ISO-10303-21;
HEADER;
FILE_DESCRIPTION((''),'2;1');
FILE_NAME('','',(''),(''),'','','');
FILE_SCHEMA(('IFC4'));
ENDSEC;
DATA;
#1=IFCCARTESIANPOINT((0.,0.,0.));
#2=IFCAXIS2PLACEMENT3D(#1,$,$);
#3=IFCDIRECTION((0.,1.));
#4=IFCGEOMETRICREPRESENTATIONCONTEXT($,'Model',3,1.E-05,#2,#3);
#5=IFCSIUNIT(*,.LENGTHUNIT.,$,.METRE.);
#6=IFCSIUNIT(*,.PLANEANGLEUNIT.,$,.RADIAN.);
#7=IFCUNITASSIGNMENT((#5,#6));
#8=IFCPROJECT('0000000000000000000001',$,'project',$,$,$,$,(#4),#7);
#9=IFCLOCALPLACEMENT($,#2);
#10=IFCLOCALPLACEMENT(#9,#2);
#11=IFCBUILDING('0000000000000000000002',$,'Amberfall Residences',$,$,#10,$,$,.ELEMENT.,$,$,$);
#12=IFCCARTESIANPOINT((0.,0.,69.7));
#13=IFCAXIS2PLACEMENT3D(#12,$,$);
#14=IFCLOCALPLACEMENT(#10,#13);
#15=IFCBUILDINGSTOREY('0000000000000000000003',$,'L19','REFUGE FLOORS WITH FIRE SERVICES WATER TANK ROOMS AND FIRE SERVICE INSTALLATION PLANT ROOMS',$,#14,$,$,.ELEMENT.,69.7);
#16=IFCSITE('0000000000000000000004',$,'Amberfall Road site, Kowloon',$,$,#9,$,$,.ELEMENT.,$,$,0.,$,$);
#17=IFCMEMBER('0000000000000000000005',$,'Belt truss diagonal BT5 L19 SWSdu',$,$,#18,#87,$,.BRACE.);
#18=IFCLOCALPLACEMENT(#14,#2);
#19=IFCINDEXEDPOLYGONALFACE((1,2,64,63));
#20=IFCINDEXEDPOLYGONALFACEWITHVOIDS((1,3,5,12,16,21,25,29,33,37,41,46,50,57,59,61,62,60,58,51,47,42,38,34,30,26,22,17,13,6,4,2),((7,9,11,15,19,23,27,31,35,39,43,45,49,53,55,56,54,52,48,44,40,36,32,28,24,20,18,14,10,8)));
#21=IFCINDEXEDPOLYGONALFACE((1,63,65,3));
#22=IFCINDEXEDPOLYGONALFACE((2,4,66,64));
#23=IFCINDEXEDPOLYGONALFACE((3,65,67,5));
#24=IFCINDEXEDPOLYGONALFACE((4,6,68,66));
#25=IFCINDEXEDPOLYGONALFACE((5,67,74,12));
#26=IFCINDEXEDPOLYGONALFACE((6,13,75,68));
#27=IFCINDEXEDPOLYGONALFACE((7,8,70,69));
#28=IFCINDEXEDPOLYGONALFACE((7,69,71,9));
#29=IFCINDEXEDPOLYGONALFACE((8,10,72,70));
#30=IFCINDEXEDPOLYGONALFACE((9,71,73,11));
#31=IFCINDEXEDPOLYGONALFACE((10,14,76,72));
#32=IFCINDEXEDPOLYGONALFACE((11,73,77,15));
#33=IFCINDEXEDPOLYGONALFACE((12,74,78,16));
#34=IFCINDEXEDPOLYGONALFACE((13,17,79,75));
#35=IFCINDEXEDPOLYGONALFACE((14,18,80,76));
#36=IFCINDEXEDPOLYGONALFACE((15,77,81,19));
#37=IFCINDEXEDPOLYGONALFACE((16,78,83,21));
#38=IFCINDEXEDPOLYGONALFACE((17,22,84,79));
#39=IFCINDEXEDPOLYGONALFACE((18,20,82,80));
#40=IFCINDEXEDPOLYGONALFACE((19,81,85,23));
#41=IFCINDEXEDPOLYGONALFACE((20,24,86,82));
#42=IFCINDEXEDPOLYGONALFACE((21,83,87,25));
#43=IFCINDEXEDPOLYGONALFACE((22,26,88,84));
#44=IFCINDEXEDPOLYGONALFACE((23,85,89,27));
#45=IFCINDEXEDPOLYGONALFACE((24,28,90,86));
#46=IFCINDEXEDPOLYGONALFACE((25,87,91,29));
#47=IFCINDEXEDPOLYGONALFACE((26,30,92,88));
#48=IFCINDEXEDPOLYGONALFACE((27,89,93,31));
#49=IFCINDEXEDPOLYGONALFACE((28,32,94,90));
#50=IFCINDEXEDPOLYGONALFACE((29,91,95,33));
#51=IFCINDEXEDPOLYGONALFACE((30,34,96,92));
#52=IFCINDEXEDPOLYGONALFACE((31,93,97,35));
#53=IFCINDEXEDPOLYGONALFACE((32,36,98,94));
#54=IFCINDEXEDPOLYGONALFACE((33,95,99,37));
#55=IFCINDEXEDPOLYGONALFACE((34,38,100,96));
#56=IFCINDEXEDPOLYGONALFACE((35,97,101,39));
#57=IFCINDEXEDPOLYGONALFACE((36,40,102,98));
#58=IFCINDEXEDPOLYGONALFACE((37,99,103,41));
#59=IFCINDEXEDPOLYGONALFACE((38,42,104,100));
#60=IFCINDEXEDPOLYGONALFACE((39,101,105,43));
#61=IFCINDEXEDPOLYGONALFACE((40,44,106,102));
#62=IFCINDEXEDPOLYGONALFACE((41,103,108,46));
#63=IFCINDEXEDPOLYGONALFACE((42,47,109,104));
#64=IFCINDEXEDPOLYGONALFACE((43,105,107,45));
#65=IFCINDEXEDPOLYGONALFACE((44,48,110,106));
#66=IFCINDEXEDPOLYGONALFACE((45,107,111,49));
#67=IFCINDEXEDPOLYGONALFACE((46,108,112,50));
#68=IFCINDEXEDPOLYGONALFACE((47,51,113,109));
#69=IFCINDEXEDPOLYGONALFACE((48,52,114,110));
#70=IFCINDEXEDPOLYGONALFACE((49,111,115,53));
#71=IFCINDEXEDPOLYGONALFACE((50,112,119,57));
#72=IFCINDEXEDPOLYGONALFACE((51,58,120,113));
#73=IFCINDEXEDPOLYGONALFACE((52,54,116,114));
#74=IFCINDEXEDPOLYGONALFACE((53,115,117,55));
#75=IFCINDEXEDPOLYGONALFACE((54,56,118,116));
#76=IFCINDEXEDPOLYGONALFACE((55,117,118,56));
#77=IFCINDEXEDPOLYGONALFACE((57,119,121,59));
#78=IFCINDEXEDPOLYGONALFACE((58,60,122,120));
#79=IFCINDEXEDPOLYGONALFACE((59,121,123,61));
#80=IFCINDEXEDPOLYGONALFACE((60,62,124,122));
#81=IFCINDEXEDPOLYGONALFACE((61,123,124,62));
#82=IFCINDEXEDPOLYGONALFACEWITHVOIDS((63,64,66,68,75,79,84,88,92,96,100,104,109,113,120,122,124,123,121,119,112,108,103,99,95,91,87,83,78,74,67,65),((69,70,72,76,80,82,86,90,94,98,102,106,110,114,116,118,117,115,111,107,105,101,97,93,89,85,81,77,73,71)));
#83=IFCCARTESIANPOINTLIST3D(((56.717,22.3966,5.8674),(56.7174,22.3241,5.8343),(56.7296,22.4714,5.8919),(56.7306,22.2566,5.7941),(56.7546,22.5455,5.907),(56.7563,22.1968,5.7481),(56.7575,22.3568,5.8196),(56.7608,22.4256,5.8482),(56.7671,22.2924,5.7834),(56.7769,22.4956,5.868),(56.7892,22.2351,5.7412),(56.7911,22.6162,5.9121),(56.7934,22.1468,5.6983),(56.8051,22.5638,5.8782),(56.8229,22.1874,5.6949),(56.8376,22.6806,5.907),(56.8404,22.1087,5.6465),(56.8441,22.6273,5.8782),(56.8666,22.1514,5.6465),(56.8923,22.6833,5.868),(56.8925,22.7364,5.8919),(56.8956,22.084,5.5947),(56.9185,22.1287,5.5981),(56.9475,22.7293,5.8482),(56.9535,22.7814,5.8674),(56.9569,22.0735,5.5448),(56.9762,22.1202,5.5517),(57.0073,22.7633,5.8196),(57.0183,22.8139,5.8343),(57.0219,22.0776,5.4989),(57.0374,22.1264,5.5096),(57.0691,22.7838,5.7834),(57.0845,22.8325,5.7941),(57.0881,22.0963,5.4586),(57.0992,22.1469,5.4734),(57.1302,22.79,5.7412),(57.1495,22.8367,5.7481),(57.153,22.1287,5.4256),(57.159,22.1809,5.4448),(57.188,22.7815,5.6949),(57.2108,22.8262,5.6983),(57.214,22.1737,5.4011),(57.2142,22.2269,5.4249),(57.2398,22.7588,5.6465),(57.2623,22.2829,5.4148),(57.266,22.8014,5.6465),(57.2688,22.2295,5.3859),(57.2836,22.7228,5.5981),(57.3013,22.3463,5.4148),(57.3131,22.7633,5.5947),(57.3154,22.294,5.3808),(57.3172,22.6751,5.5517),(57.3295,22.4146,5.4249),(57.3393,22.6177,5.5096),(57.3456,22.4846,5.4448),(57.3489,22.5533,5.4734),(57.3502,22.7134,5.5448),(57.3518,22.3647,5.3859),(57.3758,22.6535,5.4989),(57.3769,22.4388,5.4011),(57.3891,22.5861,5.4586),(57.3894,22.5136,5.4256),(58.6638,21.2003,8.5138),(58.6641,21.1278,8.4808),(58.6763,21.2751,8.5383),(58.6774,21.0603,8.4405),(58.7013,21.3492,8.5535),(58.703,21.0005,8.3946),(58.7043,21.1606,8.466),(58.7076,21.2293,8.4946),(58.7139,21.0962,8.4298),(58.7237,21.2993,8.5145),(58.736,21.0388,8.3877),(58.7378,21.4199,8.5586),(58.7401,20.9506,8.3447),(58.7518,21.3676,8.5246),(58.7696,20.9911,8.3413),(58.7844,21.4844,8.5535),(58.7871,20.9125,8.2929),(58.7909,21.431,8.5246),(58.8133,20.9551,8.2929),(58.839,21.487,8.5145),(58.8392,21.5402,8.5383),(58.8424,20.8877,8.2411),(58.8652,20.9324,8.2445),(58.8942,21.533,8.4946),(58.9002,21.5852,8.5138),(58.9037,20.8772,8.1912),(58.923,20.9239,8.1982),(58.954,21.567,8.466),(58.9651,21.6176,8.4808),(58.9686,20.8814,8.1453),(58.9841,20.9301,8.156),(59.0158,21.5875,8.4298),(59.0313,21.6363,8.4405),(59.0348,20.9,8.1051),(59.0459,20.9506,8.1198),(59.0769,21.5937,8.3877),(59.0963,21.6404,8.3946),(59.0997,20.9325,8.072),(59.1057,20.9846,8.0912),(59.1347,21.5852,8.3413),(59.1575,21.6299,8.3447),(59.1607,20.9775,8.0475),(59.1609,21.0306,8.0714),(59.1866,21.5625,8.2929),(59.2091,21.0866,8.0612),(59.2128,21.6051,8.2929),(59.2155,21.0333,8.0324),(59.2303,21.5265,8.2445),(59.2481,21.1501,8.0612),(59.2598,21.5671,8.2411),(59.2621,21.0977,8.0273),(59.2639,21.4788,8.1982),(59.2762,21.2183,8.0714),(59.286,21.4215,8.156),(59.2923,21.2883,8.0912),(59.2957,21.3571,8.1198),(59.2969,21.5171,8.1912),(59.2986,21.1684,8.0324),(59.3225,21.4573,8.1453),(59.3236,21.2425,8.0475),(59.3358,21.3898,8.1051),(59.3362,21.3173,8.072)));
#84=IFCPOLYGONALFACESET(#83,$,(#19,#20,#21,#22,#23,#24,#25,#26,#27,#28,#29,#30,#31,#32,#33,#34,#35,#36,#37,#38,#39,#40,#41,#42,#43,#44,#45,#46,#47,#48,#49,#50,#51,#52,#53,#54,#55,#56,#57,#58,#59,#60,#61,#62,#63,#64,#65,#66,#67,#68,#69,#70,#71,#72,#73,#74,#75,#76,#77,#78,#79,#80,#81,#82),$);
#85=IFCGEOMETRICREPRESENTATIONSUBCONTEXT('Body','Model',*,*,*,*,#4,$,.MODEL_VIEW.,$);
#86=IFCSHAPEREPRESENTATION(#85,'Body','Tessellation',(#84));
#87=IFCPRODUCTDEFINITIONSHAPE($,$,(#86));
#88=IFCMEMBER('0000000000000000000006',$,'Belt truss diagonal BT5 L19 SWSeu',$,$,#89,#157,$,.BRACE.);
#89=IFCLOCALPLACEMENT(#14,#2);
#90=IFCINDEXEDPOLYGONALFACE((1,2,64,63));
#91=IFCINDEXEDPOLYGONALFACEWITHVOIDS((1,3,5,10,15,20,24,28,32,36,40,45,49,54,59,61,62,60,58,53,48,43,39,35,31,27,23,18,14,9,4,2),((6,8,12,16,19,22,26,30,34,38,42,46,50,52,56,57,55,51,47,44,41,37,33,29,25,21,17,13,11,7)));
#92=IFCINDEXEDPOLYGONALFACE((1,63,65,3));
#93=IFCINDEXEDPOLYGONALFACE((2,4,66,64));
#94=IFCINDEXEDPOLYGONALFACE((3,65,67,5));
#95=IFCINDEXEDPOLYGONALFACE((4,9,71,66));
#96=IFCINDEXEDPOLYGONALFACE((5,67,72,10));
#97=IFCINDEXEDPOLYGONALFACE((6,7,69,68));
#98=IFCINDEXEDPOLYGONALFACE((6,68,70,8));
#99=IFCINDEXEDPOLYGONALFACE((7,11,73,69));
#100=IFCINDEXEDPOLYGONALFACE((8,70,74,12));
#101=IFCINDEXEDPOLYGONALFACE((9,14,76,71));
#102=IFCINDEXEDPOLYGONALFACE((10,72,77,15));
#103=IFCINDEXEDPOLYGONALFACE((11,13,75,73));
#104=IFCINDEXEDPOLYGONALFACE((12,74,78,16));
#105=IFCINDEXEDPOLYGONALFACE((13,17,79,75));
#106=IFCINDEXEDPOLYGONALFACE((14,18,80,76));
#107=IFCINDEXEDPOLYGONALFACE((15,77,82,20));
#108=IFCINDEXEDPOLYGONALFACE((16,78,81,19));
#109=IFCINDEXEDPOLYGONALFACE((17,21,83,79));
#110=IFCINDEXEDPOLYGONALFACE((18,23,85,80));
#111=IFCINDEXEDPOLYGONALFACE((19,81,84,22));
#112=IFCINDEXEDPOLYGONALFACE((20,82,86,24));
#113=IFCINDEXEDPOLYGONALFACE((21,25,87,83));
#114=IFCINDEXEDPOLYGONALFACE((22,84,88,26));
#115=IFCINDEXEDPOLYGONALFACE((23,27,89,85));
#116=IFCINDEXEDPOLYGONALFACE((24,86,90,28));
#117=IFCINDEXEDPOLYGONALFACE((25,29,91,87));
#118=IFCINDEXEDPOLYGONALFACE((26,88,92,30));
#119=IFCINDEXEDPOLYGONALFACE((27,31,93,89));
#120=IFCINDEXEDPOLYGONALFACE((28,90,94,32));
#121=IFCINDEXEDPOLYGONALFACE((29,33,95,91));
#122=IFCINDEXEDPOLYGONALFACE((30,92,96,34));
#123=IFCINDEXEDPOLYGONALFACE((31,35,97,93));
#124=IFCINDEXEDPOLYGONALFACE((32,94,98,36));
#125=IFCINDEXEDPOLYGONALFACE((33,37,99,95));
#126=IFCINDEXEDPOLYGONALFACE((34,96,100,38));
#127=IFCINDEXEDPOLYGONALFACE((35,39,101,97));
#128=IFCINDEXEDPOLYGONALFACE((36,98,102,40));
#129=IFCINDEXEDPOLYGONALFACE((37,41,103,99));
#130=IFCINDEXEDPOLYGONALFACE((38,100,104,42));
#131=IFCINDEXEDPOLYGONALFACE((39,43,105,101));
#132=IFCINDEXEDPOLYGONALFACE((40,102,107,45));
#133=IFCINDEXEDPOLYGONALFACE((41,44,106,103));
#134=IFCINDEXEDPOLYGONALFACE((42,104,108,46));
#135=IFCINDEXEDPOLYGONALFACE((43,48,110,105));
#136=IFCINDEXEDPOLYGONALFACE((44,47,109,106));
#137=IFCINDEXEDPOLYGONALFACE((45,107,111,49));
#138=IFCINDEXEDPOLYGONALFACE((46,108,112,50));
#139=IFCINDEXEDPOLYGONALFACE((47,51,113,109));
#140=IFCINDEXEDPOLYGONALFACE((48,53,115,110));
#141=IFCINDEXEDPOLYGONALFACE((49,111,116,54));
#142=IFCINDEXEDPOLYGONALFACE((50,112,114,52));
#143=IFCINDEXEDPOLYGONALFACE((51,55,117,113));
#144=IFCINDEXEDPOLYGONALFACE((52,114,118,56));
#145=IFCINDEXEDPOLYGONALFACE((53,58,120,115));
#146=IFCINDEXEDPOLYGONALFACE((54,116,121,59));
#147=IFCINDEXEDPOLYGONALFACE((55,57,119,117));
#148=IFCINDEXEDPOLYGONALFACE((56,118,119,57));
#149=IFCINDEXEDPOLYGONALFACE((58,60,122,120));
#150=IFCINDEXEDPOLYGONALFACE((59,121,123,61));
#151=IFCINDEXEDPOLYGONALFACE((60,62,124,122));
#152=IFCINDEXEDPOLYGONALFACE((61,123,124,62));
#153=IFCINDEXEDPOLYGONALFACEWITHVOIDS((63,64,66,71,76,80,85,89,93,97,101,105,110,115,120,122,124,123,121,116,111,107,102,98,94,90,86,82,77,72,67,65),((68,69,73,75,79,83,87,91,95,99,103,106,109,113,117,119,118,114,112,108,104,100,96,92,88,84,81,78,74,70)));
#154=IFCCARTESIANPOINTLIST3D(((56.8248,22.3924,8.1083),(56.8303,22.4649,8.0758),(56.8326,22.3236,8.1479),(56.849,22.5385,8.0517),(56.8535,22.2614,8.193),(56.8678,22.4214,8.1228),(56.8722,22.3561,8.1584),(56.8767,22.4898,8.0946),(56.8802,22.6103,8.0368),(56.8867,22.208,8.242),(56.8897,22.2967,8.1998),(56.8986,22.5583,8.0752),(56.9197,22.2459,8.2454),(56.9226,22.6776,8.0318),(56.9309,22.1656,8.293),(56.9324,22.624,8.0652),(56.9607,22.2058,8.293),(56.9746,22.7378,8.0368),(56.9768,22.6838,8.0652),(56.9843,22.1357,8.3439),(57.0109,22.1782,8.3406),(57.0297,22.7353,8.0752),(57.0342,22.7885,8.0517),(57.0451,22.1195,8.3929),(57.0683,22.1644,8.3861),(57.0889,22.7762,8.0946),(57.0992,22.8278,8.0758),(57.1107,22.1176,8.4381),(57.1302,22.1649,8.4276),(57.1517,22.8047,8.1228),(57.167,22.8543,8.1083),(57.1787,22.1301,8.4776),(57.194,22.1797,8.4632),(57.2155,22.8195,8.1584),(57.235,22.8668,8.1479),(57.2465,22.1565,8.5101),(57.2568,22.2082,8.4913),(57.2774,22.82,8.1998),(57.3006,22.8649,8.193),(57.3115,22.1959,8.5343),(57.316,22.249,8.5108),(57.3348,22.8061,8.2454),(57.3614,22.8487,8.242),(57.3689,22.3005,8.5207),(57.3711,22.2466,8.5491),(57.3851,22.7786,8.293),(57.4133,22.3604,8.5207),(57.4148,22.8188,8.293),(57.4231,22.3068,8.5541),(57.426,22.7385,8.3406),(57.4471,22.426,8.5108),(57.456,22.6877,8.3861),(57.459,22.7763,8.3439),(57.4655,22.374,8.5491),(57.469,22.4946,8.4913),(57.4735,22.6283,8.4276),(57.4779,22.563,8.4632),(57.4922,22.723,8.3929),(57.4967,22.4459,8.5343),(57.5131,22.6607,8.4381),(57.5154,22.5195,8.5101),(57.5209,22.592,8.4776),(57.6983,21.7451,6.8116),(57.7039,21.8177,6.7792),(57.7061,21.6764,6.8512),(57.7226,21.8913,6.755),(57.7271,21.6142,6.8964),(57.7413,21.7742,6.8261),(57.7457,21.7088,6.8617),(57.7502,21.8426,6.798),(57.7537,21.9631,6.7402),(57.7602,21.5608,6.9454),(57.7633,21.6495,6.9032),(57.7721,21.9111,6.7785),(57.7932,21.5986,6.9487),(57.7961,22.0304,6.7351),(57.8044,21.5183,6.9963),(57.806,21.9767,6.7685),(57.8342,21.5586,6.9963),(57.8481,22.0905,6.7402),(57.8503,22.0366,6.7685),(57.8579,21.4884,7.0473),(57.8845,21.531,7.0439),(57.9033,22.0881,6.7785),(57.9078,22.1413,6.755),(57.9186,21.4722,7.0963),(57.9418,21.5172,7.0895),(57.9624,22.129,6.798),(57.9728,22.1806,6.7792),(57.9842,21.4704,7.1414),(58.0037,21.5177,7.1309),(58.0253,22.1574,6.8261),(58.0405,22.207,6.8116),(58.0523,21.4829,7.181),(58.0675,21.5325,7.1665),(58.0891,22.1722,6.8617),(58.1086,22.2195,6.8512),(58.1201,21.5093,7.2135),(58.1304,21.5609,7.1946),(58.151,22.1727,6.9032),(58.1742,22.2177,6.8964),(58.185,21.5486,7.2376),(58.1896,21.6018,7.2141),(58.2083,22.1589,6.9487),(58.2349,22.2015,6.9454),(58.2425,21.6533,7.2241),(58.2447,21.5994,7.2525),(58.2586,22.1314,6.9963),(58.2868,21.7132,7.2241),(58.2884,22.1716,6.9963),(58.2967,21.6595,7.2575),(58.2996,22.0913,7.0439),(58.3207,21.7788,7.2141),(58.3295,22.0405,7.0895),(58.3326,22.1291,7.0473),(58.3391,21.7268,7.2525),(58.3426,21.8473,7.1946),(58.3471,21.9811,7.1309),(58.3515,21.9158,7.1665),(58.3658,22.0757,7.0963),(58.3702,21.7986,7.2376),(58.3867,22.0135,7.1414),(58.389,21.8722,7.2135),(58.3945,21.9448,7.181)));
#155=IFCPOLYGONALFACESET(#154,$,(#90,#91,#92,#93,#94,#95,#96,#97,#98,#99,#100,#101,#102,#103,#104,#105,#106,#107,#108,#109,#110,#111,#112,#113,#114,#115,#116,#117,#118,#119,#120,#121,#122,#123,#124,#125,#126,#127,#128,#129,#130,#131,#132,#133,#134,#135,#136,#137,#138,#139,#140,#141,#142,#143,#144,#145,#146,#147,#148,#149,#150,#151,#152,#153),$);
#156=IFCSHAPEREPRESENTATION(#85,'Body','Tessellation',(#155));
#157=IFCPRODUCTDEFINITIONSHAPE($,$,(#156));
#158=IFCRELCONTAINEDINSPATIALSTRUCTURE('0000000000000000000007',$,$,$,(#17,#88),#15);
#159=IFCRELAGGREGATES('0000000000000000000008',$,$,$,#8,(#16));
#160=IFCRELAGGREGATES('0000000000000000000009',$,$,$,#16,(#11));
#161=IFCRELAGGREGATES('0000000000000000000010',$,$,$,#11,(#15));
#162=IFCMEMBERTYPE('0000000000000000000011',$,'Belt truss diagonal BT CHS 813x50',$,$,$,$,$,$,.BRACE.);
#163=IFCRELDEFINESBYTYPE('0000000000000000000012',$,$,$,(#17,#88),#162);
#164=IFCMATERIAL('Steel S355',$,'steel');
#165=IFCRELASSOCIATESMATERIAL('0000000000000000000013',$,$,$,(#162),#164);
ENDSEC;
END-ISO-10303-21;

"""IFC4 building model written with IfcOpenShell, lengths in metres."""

from ifc_helpers import new_model, si_unit, direction, frame, origin, origin_2d, place, context, subcontext, project, spatial, hollow_circle, extrude, material, material_profile, profile_set, type_object, element, save


model = new_model("IFC4")

# Units and contexts
model_context = context("Model", 3, precision=1e-05, world=origin(), true_north=direction((0.0, 1.0)))
body_context = subcontext(model_context, "Body", "Model", "MODEL_VIEW")
ifc_project = project(units=[si_unit("LENGTHUNIT", "METRE"), si_unit("PLANEANGLEUNIT", "RADIAN")], contexts=[model_context])

# Site, building, storey
site_placement = place(None, origin())
site = spatial("IfcSite", under=ifc_project, at=site_placement, Name="Amberfall Road site, Kowloon", CompositionType="ELEMENT", RefElevation=0.0)
building_placement = place(site_placement, origin())
building = spatial("IfcBuilding", under=site, at=building_placement, Name="Amberfall Residences", CompositionType="ELEMENT")
storey_placement = place(building_placement, frame((0.0, 0.0, 69.7)))
storey = spatial("IfcBuildingStorey", under=building, at=storey_placement, Name="L19", Description="REFUGE FLOORS WITH FIRE SERVICES WATER TANK ROOMS AND FIRE SERVICE INSTALLATION PLANT ROOMS", CompositionType="ELEMENT", Elevation=69.7)

# Shared definitions
ifc_material_1 = material(Name="Steel S355", Category="steel")

# Members
ifc_material_profile_1 = material_profile(ifc_material_1, hollow_circle(Radius=0.4065, WallThickness=0.05, at=origin_2d()), Name="CHS 813x50")
ifc_profile_set_1 = profile_set([ifc_material_profile_1], Name="Steel S355")
member_type = type_object("IfcMemberType", Name="Belt truss diagonal BT CHS 813x50", PredefinedType="BRACE", material=ifc_profile_set_1)
member_1_placement = place(storey_placement, frame((57.0532, 22.4551, 5.6465), z_axis=(0.556792, -0.342147, 0.756913), x_axis=(0.523549, 0.851996, 0.0)))
element("IfcMember", 1, at=member_1_placement, inside=storey, type_object=member_type, Name="Belt truss diagonal BT5 L19 SWSdu", PredefinedType="BRACE", context=body_context, shape_type="SweptSolid", body=[
    extrude(hollow_circle(Radius=0.4065, WallThickness=0.05, at=origin_2d()), origin(), (0.0, 0.0, 1.0), 3.4963),
])
member_2_placement = place(storey_placement, frame((57.1729, 22.4922, 8.293), z_axis=(0.516243, -0.382493, -0.766285), x_axis=(0.595319, 0.80349, 0.0)))
element("IfcMember", 2, at=member_2_placement, inside=storey, type_object=member_type, Name="Belt truss diagonal BT5 L19 SWSeu", PredefinedType="BRACE", context=body_context, shape_type="SweptSolid", body=[
    extrude(hollow_circle(Radius=0.4065, WallThickness=0.05, at=origin_2d()), origin(), (0.0, 0.0, 1.0), 1.6921),
])

save(model, "model.ifc")
